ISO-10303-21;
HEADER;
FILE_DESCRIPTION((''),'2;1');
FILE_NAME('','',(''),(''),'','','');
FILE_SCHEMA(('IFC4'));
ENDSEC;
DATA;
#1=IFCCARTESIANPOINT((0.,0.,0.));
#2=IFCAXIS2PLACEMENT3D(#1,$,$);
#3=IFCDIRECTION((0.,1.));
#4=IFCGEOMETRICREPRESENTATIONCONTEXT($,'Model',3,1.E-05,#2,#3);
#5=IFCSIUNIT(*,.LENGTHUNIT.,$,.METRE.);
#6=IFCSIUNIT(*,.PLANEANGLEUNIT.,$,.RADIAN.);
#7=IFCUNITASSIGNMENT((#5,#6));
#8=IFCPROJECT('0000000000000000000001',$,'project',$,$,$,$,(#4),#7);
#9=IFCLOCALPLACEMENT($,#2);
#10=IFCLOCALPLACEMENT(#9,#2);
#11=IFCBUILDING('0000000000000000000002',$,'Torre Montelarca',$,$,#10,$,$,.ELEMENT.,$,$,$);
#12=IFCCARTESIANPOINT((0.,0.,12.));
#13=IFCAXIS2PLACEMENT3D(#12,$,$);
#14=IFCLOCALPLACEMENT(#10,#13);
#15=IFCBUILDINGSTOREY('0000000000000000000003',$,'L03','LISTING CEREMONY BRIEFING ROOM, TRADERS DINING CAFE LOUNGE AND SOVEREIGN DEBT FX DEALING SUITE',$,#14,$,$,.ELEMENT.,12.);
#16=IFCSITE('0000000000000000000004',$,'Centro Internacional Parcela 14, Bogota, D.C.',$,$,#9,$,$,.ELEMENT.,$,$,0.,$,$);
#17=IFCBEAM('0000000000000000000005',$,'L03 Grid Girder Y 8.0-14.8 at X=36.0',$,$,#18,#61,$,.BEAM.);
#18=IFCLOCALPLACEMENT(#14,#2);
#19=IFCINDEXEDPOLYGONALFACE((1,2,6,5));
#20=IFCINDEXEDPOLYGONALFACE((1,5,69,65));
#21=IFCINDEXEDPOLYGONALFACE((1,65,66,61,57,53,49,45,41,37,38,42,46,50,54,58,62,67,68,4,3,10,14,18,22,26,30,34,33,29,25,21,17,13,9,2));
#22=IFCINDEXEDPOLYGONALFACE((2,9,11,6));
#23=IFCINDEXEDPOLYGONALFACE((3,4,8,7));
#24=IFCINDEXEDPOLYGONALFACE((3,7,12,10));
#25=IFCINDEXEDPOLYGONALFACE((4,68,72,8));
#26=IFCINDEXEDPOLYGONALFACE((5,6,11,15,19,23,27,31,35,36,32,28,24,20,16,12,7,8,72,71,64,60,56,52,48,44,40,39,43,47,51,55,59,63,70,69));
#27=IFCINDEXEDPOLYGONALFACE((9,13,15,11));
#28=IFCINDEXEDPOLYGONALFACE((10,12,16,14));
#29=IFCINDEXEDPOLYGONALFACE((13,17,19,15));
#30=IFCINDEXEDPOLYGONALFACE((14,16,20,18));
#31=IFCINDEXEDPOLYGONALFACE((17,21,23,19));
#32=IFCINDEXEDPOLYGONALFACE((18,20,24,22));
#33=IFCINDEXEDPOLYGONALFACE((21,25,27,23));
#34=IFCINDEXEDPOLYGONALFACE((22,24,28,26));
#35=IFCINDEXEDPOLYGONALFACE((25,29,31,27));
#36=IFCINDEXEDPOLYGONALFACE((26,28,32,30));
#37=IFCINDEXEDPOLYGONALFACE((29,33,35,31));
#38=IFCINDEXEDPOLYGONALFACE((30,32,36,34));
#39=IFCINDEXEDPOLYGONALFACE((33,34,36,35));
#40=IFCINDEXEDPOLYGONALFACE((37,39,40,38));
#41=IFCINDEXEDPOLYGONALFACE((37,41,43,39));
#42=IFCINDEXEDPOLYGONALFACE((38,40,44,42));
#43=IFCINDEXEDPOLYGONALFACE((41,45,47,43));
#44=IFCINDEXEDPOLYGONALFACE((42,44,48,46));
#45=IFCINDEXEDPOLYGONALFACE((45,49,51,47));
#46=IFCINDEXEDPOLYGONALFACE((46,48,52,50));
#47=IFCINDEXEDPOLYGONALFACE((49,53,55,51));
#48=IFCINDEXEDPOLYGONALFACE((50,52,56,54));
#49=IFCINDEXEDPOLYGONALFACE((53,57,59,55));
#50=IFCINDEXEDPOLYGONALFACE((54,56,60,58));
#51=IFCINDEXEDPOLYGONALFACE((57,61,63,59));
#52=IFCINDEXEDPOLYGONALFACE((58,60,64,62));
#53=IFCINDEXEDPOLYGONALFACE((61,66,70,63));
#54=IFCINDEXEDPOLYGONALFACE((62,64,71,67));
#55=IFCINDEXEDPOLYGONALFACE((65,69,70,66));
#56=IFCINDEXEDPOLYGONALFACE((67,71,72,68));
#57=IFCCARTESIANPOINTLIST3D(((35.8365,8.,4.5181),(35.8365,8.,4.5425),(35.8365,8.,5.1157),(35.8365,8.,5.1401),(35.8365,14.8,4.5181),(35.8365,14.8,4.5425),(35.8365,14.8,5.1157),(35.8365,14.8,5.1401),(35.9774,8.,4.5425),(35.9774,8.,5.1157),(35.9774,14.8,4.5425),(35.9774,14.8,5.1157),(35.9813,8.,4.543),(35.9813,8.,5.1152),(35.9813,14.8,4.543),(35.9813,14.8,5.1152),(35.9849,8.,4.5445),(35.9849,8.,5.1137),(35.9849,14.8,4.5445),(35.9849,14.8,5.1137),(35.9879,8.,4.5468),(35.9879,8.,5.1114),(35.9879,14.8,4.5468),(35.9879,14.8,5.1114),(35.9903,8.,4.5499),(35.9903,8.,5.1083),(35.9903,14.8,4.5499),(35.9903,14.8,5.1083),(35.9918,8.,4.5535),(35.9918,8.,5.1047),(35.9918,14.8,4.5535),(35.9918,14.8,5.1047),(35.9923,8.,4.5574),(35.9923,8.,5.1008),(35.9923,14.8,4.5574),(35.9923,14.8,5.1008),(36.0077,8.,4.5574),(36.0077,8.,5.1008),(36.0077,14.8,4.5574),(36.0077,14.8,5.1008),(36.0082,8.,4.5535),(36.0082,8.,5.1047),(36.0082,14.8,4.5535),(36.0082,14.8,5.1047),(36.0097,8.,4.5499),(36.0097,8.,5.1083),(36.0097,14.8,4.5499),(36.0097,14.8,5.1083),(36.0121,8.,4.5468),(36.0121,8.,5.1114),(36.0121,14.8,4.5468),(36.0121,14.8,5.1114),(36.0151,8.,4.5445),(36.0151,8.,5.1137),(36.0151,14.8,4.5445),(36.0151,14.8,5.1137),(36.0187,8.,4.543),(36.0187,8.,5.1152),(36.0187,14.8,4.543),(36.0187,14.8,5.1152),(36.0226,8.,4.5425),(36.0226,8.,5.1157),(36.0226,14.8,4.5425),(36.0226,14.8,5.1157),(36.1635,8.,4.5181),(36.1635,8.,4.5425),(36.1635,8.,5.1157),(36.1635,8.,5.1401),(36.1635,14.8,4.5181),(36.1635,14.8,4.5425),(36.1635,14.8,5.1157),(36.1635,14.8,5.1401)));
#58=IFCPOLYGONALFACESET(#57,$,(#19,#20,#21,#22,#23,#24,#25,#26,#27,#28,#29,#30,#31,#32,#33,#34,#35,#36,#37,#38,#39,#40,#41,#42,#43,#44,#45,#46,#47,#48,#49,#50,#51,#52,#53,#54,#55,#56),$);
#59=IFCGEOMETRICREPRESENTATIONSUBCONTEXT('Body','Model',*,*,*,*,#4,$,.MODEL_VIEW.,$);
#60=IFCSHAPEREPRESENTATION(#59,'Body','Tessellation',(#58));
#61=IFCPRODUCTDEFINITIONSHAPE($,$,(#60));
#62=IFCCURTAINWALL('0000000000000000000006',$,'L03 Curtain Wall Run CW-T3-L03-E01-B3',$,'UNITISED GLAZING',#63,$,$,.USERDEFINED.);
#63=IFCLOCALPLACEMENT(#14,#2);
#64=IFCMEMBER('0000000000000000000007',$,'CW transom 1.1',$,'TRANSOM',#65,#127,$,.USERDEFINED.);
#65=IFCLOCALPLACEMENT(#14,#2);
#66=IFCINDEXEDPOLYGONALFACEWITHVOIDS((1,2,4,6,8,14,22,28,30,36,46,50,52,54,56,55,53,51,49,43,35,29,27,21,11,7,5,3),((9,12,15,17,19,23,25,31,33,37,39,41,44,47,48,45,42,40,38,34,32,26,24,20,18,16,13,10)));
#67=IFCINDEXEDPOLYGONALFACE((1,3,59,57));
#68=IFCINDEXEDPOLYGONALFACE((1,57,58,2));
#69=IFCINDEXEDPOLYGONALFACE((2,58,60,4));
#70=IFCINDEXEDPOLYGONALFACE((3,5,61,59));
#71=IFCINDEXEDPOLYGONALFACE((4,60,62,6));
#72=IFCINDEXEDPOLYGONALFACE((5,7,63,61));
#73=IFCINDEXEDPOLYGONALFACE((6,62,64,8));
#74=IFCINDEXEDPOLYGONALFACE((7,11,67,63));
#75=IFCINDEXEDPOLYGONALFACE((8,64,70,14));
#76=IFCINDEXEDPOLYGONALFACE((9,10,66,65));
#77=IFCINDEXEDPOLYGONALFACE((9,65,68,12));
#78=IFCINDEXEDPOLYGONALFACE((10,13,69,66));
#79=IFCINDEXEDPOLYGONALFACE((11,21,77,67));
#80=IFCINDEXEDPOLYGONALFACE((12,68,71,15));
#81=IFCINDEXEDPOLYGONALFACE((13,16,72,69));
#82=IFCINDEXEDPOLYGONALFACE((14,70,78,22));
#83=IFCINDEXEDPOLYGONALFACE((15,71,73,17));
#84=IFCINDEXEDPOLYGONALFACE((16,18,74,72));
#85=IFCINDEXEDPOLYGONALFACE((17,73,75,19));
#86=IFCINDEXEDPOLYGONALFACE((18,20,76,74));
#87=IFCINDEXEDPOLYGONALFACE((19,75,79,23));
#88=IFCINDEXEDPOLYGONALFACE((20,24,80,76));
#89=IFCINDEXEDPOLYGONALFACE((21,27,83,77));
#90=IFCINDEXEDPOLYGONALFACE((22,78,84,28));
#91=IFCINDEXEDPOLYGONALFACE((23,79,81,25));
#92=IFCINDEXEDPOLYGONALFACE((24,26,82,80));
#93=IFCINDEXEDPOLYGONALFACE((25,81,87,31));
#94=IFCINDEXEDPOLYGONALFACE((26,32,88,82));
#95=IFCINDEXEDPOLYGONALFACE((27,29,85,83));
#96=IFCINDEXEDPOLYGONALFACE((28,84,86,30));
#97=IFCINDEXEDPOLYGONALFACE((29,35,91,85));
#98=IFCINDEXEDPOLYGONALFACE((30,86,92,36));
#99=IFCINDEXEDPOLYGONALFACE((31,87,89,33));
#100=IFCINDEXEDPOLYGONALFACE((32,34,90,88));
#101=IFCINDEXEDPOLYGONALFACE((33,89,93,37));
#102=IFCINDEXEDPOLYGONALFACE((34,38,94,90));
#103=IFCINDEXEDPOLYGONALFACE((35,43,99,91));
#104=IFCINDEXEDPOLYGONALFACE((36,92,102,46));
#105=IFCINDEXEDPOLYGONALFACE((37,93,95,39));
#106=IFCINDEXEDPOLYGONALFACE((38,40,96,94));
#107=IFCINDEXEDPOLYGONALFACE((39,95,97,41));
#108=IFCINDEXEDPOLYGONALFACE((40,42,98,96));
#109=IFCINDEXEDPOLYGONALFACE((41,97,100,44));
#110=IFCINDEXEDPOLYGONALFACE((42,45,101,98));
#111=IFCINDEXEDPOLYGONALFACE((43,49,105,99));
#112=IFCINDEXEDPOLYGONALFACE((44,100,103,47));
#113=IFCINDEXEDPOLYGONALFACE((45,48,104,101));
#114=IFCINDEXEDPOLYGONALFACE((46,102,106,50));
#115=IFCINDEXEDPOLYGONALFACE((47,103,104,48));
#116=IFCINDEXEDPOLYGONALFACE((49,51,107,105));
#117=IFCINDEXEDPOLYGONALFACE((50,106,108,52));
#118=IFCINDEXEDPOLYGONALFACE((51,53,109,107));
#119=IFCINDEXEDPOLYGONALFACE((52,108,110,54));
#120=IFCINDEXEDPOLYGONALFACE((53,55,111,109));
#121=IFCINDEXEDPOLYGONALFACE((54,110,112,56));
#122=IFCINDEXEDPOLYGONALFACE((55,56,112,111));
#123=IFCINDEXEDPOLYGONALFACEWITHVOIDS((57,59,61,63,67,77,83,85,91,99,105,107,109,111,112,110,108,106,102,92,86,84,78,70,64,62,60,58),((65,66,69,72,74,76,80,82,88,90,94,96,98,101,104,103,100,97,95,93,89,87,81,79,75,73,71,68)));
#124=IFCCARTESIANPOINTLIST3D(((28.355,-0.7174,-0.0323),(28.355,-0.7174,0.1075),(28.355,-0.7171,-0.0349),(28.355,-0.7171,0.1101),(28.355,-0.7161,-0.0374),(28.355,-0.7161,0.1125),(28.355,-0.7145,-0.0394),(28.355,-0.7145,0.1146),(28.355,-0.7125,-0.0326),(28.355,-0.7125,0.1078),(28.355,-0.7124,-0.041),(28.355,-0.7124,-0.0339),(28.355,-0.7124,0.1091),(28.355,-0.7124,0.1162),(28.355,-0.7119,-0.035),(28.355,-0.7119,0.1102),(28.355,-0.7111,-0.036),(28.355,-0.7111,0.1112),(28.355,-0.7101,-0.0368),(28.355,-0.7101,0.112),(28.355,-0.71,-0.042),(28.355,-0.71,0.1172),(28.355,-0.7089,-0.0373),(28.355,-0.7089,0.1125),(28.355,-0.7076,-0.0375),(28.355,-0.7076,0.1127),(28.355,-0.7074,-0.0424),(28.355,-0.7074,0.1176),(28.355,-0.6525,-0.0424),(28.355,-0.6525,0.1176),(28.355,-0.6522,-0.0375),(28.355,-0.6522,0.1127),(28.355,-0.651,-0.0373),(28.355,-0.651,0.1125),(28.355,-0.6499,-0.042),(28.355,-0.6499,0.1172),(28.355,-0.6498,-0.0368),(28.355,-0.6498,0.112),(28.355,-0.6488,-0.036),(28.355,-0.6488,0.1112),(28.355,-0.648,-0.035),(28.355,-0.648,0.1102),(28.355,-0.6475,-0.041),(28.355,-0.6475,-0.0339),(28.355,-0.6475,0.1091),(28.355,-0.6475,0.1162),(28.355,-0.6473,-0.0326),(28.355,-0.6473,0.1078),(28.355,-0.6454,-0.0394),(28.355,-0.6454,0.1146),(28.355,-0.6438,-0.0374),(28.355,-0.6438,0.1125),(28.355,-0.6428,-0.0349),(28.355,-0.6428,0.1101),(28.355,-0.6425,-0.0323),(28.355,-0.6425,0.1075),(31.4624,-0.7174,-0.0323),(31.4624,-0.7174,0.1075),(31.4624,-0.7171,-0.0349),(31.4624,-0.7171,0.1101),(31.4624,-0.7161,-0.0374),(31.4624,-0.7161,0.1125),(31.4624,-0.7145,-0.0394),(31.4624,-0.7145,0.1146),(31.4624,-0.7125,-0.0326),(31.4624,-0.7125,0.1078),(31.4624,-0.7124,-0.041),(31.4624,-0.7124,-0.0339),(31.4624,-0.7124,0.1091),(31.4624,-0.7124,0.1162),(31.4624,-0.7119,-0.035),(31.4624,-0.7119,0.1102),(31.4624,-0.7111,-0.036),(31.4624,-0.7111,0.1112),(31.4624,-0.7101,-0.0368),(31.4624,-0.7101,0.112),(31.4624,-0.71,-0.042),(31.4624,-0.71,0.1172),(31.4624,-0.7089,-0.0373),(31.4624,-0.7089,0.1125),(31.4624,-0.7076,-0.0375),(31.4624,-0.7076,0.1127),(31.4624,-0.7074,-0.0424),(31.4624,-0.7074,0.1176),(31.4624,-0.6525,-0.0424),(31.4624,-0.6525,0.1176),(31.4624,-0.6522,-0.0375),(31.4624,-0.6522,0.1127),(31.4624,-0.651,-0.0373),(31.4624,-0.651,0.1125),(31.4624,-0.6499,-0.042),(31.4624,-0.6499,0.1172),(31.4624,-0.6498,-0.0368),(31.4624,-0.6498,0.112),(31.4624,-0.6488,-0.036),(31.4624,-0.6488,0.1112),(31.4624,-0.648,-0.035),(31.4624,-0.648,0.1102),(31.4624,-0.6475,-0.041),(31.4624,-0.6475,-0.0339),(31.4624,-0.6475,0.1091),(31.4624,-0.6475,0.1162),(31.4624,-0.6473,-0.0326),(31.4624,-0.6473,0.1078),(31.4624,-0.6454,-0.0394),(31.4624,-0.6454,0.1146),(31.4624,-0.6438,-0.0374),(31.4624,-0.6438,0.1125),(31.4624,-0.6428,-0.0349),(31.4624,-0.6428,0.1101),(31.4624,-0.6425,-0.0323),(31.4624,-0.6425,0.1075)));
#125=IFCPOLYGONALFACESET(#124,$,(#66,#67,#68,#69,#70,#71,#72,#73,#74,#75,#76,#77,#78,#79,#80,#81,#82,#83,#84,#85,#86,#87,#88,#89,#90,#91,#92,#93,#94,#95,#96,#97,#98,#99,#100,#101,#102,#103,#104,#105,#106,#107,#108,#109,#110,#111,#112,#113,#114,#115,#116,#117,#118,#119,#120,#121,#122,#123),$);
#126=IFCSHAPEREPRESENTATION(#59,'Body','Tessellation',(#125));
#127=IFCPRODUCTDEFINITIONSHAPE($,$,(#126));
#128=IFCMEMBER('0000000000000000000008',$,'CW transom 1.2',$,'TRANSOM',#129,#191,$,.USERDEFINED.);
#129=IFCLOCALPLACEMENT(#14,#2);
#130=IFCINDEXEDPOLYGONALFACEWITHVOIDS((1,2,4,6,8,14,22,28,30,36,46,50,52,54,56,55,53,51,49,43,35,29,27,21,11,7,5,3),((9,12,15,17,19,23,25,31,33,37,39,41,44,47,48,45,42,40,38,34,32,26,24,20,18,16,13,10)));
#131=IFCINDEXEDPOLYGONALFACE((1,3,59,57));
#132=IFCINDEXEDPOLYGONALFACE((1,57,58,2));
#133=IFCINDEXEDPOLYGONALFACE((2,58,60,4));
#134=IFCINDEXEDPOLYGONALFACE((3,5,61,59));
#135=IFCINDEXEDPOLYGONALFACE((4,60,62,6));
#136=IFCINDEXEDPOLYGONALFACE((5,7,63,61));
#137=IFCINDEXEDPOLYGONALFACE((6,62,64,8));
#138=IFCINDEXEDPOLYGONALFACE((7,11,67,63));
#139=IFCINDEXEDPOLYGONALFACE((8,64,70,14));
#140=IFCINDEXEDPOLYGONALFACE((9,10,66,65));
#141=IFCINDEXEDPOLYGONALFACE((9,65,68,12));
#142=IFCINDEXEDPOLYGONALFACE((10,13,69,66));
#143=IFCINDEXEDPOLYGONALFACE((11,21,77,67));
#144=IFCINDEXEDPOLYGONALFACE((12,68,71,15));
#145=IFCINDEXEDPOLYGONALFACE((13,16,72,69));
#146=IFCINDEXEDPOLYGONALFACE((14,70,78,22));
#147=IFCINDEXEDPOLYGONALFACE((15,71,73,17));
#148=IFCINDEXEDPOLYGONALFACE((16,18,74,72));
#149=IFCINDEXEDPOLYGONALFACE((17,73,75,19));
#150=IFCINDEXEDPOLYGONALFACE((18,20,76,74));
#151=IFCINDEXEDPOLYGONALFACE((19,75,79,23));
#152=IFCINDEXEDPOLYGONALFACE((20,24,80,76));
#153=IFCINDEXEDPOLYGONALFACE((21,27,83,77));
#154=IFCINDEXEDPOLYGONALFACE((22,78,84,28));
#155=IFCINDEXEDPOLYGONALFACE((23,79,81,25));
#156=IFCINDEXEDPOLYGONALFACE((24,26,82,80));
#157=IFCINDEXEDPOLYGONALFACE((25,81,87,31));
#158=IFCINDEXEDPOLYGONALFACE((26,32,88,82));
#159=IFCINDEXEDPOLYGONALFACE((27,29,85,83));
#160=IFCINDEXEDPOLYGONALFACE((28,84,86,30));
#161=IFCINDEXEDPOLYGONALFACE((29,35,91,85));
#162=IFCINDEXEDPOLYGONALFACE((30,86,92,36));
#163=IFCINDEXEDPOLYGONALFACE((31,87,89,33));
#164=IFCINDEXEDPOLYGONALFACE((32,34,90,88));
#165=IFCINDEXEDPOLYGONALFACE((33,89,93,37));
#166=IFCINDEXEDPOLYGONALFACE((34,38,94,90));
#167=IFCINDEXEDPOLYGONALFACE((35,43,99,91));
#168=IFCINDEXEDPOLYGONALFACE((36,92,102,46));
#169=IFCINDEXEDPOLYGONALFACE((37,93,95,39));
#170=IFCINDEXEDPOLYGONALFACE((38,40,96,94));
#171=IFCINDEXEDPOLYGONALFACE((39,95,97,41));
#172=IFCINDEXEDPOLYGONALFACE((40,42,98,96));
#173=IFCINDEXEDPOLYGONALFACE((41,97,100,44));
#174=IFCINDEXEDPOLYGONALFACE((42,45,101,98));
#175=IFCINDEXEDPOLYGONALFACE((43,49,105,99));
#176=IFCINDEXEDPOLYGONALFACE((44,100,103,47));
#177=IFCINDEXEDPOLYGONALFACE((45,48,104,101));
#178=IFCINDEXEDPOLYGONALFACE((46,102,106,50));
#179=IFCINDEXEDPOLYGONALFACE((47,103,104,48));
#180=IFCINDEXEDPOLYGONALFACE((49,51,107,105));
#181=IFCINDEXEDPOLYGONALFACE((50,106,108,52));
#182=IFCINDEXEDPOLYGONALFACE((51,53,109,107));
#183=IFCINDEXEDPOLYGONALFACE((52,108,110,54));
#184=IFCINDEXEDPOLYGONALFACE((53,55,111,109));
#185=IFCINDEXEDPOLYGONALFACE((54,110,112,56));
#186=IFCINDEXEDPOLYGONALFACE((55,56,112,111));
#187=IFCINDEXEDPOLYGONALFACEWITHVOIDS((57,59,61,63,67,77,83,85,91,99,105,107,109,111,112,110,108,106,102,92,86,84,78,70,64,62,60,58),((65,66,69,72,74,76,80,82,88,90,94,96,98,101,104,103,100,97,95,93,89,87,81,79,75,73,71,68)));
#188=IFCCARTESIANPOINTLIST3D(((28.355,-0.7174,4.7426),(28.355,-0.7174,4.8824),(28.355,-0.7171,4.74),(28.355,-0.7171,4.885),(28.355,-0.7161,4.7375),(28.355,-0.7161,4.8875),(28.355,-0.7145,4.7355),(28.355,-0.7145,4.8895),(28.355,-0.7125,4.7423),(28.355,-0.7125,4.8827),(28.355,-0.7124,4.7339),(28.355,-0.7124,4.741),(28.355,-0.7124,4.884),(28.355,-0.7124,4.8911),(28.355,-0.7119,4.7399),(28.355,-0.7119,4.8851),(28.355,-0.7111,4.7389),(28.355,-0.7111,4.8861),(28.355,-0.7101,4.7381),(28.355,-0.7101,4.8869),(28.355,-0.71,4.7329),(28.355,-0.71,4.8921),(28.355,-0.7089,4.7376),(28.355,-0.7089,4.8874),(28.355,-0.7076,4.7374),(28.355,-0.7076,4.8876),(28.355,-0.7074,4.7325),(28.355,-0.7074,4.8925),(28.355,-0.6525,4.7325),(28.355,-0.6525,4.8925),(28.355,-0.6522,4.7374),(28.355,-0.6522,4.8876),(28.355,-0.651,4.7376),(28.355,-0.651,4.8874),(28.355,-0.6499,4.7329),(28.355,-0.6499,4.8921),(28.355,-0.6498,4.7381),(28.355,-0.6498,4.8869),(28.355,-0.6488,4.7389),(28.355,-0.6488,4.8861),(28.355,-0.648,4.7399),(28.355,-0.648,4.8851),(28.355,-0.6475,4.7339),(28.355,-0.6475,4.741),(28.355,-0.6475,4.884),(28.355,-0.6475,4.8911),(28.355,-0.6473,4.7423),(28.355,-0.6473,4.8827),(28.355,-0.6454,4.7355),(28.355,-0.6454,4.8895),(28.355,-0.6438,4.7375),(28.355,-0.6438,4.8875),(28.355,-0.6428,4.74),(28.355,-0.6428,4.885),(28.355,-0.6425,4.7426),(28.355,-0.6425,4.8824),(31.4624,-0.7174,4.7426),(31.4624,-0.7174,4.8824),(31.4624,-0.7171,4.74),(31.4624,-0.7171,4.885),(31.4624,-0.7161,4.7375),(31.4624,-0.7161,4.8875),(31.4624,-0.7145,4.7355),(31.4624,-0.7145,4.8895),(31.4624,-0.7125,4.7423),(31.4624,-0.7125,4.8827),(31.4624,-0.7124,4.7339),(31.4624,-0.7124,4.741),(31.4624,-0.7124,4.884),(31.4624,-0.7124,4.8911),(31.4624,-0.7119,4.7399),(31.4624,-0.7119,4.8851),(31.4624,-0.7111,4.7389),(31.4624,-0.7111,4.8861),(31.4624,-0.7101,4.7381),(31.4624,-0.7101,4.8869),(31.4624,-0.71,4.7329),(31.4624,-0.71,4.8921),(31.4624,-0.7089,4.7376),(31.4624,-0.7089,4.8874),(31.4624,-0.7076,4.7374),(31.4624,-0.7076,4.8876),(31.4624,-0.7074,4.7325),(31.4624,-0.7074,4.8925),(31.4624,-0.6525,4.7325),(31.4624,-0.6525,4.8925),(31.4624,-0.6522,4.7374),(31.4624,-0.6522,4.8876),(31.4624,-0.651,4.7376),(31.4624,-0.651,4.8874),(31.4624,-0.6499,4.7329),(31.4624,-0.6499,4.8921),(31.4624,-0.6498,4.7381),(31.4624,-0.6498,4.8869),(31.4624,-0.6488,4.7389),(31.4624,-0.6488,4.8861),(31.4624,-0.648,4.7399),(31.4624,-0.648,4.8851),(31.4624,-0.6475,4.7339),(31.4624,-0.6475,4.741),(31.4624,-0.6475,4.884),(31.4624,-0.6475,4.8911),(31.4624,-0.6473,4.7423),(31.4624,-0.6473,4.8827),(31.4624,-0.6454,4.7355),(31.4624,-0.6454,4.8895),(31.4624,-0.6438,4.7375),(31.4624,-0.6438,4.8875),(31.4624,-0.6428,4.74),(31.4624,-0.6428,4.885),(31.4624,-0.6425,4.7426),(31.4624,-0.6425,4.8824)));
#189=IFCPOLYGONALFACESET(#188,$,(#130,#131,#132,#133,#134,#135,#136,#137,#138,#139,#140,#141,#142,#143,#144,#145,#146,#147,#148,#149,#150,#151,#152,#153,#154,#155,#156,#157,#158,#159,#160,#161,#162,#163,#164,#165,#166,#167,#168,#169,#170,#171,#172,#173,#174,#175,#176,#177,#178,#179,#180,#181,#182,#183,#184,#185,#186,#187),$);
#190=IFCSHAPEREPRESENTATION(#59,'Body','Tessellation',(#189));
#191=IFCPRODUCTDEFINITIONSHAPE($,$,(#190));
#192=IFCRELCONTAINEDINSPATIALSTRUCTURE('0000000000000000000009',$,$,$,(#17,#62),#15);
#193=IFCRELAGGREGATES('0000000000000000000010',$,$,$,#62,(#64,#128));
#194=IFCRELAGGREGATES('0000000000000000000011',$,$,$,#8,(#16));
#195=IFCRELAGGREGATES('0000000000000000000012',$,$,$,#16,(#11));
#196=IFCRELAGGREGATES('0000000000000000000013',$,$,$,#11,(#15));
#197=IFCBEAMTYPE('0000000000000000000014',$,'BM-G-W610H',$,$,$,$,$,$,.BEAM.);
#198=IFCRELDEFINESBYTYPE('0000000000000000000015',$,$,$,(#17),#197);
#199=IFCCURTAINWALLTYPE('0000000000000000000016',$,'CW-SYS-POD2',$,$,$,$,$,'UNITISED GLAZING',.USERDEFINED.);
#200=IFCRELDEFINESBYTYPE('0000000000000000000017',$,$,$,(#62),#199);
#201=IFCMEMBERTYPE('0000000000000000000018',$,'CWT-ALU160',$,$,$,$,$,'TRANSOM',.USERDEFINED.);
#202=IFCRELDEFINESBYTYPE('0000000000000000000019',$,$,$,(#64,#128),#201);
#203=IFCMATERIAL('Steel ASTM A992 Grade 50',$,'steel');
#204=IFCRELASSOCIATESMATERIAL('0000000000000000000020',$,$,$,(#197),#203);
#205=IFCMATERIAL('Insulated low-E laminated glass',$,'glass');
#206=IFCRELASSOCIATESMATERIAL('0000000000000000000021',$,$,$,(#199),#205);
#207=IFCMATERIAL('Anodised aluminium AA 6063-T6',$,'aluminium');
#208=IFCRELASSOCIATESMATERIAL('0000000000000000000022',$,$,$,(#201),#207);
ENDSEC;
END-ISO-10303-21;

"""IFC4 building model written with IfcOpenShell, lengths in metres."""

from ifc_helpers import new_model, si_unit, direction, frame, origin, origin_2d, place, context, subcontext, project, spatial, hollow_rectangle, i_section, extrude, source, transform, mapped, material, material_profile, profile_set, type_object, element, aggregate, save


model = new_model("IFC4")

# Units and contexts
model_context = context("Model", 3, precision=1e-05, world=origin(), true_north=direction((0.0, 1.0)))
body_context = subcontext(model_context, "Body", "Model", "MODEL_VIEW")
ifc_project = project(units=[si_unit("LENGTHUNIT", "METRE"), si_unit("PLANEANGLEUNIT", "RADIAN")], contexts=[model_context])

# Site, building, storey
site_placement = place(None, origin())
site = spatial("IfcSite", under=ifc_project, at=site_placement, Name="Centro Internacional Parcela 14, Bogota, D.C.", CompositionType="ELEMENT", RefElevation=0.0)
building_placement = place(site_placement, origin())
building = spatial("IfcBuilding", under=site, at=building_placement, Name="Torre Montelarca", CompositionType="ELEMENT")
storey_placement = place(building_placement, frame((0.0, 0.0, 12.0)))
storey = spatial("IfcBuildingStorey", under=building, at=storey_placement, Name="L03", Description="LISTING CEREMONY BRIEFING ROOM, TRADERS DINING CAFE LOUNGE AND SOVEREIGN DEBT FX DEALING SUITE", CompositionType="ELEMENT", Elevation=12.0)

# Beam
ifc_material_1 = material(Name="Steel ASTM A992 Grade 50", Category="steel")
ifc_material_profile_1 = material_profile(ifc_material_1, i_section(OverallWidth=0.3269, OverallDepth=0.6221, WebThickness=0.0154, FlangeThickness=0.0244, FilletRadius=0.0149, at=origin_2d()), Name="W610X195", Category="steel")
ifc_profile_set_1 = profile_set([ifc_material_profile_1], Name="Steel ASTM A992 Grade 50")
beam_type_1 = type_object("IfcBeamType", Name="BM-G-W610H", PredefinedType="BEAM", material=ifc_profile_set_1)
shared_shape_1 = source(origin(), body_context, "Body", "SweptSolid", [
    extrude(i_section(OverallWidth=0.3269, OverallDepth=0.6221, WebThickness=0.0154, FlangeThickness=0.0244, FilletRadius=0.0149, at=origin_2d()), origin(), (0.0, 0.0, 1.0), 6.8),
])
for number, where, z_axis, x_axis, name in (
    (1, (36.0, 8.0, 4.8291), (0.0, 1.0, 0.0), (-1.0, 0.0, 0.0), "L03 Grid Girder Y 8.0-14.8 at X=36.0"),
):
    element("IfcBeam", number, at=place(storey_placement, frame(where, z_axis=z_axis, x_axis=x_axis)), inside=storey, type_object=beam_type_1, Name=name, PredefinedType="BEAM", context=body_context, shape_type="MappedRepresentation", body=[
        mapped(shared_shape_1, transform((0.0, 0.0, 0.0), scale=1.0)),
    ])

# Curtain wall, members
ifc_material_2 = material(Name="Insulated low-E laminated glass", Category="glass")
curtain_wall_type = type_object("IfcCurtainWallType", Name="CW-SYS-POD2", ElementType="UNITISED GLAZING", PredefinedType="USERDEFINED", material=ifc_material_2)
curtain_wall_placement = place(storey_placement, origin())
curtain_wall = element("IfcCurtainWall", 2, at=curtain_wall_placement, inside=storey, type_object=curtain_wall_type, Name="L03 Curtain Wall Run CW-T3-L03-E01-B3", ObjectType="UNITISED GLAZING", PredefinedType="USERDEFINED")
ifc_material_3 = material(Name="Anodised aluminium AA 6063-T6", Category="aluminium")
ifc_material_profile_2 = material_profile(ifc_material_3, hollow_rectangle(XDim=0.075, YDim=0.1599, WallThickness=0.0049, InnerFilletRadius=0.0049, OuterFilletRadius=0.01, at=origin_2d()), Name="ALU75X160X5", Category="aluminium")
ifc_profile_set_2 = profile_set([ifc_material_profile_2], Name="Anodised aluminium AA 6063-T6")
member_type_1 = type_object("IfcMemberType", Name="CWT-ALU160", ElementType="TRANSOM", PredefinedType="USERDEFINED", material=ifc_profile_set_2)
shared_shape_2 = source(origin(), body_context, "Body", "SweptSolid", [
    extrude(hollow_rectangle(XDim=0.075, YDim=0.1599, WallThickness=0.0049, InnerFilletRadius=0.0049, OuterFilletRadius=0.01, at=origin_2d()), origin(), (0.0, 0.0, 1.0), 3.1074),
])
member_1_placement = place(storey_placement, frame((28.355, -0.6799, 0.0376), z_axis=(1.0, 0.0, 0.0), x_axis=(0.0, 1.0, 0.0)))
member_1 = element("IfcMember", 3, at=member_1_placement, type_object=member_type_1, Name="CW transom 1.1", ObjectType="TRANSOM", PredefinedType="USERDEFINED", context=body_context, shape_type="MappedRepresentation", body=[
    mapped(shared_shape_2, transform((0.0, 0.0, 0.0), scale=1.0)),
])
member_2_placement = place(storey_placement, frame((28.355, -0.6799, 4.8125), z_axis=(1.0, 0.0, 0.0), x_axis=(0.0, 1.0, 0.0)))
member_2 = element("IfcMember", 4, at=member_2_placement, type_object=member_type_1, Name="CW transom 1.2", ObjectType="TRANSOM", PredefinedType="USERDEFINED", context=body_context, shape_type="MappedRepresentation", body=[
    mapped(shared_shape_2, transform((0.0, 0.0, 0.0), scale=1.0)),
])
aggregate(curtain_wall, [member_1, member_2])

save(model, "model.ifc")
